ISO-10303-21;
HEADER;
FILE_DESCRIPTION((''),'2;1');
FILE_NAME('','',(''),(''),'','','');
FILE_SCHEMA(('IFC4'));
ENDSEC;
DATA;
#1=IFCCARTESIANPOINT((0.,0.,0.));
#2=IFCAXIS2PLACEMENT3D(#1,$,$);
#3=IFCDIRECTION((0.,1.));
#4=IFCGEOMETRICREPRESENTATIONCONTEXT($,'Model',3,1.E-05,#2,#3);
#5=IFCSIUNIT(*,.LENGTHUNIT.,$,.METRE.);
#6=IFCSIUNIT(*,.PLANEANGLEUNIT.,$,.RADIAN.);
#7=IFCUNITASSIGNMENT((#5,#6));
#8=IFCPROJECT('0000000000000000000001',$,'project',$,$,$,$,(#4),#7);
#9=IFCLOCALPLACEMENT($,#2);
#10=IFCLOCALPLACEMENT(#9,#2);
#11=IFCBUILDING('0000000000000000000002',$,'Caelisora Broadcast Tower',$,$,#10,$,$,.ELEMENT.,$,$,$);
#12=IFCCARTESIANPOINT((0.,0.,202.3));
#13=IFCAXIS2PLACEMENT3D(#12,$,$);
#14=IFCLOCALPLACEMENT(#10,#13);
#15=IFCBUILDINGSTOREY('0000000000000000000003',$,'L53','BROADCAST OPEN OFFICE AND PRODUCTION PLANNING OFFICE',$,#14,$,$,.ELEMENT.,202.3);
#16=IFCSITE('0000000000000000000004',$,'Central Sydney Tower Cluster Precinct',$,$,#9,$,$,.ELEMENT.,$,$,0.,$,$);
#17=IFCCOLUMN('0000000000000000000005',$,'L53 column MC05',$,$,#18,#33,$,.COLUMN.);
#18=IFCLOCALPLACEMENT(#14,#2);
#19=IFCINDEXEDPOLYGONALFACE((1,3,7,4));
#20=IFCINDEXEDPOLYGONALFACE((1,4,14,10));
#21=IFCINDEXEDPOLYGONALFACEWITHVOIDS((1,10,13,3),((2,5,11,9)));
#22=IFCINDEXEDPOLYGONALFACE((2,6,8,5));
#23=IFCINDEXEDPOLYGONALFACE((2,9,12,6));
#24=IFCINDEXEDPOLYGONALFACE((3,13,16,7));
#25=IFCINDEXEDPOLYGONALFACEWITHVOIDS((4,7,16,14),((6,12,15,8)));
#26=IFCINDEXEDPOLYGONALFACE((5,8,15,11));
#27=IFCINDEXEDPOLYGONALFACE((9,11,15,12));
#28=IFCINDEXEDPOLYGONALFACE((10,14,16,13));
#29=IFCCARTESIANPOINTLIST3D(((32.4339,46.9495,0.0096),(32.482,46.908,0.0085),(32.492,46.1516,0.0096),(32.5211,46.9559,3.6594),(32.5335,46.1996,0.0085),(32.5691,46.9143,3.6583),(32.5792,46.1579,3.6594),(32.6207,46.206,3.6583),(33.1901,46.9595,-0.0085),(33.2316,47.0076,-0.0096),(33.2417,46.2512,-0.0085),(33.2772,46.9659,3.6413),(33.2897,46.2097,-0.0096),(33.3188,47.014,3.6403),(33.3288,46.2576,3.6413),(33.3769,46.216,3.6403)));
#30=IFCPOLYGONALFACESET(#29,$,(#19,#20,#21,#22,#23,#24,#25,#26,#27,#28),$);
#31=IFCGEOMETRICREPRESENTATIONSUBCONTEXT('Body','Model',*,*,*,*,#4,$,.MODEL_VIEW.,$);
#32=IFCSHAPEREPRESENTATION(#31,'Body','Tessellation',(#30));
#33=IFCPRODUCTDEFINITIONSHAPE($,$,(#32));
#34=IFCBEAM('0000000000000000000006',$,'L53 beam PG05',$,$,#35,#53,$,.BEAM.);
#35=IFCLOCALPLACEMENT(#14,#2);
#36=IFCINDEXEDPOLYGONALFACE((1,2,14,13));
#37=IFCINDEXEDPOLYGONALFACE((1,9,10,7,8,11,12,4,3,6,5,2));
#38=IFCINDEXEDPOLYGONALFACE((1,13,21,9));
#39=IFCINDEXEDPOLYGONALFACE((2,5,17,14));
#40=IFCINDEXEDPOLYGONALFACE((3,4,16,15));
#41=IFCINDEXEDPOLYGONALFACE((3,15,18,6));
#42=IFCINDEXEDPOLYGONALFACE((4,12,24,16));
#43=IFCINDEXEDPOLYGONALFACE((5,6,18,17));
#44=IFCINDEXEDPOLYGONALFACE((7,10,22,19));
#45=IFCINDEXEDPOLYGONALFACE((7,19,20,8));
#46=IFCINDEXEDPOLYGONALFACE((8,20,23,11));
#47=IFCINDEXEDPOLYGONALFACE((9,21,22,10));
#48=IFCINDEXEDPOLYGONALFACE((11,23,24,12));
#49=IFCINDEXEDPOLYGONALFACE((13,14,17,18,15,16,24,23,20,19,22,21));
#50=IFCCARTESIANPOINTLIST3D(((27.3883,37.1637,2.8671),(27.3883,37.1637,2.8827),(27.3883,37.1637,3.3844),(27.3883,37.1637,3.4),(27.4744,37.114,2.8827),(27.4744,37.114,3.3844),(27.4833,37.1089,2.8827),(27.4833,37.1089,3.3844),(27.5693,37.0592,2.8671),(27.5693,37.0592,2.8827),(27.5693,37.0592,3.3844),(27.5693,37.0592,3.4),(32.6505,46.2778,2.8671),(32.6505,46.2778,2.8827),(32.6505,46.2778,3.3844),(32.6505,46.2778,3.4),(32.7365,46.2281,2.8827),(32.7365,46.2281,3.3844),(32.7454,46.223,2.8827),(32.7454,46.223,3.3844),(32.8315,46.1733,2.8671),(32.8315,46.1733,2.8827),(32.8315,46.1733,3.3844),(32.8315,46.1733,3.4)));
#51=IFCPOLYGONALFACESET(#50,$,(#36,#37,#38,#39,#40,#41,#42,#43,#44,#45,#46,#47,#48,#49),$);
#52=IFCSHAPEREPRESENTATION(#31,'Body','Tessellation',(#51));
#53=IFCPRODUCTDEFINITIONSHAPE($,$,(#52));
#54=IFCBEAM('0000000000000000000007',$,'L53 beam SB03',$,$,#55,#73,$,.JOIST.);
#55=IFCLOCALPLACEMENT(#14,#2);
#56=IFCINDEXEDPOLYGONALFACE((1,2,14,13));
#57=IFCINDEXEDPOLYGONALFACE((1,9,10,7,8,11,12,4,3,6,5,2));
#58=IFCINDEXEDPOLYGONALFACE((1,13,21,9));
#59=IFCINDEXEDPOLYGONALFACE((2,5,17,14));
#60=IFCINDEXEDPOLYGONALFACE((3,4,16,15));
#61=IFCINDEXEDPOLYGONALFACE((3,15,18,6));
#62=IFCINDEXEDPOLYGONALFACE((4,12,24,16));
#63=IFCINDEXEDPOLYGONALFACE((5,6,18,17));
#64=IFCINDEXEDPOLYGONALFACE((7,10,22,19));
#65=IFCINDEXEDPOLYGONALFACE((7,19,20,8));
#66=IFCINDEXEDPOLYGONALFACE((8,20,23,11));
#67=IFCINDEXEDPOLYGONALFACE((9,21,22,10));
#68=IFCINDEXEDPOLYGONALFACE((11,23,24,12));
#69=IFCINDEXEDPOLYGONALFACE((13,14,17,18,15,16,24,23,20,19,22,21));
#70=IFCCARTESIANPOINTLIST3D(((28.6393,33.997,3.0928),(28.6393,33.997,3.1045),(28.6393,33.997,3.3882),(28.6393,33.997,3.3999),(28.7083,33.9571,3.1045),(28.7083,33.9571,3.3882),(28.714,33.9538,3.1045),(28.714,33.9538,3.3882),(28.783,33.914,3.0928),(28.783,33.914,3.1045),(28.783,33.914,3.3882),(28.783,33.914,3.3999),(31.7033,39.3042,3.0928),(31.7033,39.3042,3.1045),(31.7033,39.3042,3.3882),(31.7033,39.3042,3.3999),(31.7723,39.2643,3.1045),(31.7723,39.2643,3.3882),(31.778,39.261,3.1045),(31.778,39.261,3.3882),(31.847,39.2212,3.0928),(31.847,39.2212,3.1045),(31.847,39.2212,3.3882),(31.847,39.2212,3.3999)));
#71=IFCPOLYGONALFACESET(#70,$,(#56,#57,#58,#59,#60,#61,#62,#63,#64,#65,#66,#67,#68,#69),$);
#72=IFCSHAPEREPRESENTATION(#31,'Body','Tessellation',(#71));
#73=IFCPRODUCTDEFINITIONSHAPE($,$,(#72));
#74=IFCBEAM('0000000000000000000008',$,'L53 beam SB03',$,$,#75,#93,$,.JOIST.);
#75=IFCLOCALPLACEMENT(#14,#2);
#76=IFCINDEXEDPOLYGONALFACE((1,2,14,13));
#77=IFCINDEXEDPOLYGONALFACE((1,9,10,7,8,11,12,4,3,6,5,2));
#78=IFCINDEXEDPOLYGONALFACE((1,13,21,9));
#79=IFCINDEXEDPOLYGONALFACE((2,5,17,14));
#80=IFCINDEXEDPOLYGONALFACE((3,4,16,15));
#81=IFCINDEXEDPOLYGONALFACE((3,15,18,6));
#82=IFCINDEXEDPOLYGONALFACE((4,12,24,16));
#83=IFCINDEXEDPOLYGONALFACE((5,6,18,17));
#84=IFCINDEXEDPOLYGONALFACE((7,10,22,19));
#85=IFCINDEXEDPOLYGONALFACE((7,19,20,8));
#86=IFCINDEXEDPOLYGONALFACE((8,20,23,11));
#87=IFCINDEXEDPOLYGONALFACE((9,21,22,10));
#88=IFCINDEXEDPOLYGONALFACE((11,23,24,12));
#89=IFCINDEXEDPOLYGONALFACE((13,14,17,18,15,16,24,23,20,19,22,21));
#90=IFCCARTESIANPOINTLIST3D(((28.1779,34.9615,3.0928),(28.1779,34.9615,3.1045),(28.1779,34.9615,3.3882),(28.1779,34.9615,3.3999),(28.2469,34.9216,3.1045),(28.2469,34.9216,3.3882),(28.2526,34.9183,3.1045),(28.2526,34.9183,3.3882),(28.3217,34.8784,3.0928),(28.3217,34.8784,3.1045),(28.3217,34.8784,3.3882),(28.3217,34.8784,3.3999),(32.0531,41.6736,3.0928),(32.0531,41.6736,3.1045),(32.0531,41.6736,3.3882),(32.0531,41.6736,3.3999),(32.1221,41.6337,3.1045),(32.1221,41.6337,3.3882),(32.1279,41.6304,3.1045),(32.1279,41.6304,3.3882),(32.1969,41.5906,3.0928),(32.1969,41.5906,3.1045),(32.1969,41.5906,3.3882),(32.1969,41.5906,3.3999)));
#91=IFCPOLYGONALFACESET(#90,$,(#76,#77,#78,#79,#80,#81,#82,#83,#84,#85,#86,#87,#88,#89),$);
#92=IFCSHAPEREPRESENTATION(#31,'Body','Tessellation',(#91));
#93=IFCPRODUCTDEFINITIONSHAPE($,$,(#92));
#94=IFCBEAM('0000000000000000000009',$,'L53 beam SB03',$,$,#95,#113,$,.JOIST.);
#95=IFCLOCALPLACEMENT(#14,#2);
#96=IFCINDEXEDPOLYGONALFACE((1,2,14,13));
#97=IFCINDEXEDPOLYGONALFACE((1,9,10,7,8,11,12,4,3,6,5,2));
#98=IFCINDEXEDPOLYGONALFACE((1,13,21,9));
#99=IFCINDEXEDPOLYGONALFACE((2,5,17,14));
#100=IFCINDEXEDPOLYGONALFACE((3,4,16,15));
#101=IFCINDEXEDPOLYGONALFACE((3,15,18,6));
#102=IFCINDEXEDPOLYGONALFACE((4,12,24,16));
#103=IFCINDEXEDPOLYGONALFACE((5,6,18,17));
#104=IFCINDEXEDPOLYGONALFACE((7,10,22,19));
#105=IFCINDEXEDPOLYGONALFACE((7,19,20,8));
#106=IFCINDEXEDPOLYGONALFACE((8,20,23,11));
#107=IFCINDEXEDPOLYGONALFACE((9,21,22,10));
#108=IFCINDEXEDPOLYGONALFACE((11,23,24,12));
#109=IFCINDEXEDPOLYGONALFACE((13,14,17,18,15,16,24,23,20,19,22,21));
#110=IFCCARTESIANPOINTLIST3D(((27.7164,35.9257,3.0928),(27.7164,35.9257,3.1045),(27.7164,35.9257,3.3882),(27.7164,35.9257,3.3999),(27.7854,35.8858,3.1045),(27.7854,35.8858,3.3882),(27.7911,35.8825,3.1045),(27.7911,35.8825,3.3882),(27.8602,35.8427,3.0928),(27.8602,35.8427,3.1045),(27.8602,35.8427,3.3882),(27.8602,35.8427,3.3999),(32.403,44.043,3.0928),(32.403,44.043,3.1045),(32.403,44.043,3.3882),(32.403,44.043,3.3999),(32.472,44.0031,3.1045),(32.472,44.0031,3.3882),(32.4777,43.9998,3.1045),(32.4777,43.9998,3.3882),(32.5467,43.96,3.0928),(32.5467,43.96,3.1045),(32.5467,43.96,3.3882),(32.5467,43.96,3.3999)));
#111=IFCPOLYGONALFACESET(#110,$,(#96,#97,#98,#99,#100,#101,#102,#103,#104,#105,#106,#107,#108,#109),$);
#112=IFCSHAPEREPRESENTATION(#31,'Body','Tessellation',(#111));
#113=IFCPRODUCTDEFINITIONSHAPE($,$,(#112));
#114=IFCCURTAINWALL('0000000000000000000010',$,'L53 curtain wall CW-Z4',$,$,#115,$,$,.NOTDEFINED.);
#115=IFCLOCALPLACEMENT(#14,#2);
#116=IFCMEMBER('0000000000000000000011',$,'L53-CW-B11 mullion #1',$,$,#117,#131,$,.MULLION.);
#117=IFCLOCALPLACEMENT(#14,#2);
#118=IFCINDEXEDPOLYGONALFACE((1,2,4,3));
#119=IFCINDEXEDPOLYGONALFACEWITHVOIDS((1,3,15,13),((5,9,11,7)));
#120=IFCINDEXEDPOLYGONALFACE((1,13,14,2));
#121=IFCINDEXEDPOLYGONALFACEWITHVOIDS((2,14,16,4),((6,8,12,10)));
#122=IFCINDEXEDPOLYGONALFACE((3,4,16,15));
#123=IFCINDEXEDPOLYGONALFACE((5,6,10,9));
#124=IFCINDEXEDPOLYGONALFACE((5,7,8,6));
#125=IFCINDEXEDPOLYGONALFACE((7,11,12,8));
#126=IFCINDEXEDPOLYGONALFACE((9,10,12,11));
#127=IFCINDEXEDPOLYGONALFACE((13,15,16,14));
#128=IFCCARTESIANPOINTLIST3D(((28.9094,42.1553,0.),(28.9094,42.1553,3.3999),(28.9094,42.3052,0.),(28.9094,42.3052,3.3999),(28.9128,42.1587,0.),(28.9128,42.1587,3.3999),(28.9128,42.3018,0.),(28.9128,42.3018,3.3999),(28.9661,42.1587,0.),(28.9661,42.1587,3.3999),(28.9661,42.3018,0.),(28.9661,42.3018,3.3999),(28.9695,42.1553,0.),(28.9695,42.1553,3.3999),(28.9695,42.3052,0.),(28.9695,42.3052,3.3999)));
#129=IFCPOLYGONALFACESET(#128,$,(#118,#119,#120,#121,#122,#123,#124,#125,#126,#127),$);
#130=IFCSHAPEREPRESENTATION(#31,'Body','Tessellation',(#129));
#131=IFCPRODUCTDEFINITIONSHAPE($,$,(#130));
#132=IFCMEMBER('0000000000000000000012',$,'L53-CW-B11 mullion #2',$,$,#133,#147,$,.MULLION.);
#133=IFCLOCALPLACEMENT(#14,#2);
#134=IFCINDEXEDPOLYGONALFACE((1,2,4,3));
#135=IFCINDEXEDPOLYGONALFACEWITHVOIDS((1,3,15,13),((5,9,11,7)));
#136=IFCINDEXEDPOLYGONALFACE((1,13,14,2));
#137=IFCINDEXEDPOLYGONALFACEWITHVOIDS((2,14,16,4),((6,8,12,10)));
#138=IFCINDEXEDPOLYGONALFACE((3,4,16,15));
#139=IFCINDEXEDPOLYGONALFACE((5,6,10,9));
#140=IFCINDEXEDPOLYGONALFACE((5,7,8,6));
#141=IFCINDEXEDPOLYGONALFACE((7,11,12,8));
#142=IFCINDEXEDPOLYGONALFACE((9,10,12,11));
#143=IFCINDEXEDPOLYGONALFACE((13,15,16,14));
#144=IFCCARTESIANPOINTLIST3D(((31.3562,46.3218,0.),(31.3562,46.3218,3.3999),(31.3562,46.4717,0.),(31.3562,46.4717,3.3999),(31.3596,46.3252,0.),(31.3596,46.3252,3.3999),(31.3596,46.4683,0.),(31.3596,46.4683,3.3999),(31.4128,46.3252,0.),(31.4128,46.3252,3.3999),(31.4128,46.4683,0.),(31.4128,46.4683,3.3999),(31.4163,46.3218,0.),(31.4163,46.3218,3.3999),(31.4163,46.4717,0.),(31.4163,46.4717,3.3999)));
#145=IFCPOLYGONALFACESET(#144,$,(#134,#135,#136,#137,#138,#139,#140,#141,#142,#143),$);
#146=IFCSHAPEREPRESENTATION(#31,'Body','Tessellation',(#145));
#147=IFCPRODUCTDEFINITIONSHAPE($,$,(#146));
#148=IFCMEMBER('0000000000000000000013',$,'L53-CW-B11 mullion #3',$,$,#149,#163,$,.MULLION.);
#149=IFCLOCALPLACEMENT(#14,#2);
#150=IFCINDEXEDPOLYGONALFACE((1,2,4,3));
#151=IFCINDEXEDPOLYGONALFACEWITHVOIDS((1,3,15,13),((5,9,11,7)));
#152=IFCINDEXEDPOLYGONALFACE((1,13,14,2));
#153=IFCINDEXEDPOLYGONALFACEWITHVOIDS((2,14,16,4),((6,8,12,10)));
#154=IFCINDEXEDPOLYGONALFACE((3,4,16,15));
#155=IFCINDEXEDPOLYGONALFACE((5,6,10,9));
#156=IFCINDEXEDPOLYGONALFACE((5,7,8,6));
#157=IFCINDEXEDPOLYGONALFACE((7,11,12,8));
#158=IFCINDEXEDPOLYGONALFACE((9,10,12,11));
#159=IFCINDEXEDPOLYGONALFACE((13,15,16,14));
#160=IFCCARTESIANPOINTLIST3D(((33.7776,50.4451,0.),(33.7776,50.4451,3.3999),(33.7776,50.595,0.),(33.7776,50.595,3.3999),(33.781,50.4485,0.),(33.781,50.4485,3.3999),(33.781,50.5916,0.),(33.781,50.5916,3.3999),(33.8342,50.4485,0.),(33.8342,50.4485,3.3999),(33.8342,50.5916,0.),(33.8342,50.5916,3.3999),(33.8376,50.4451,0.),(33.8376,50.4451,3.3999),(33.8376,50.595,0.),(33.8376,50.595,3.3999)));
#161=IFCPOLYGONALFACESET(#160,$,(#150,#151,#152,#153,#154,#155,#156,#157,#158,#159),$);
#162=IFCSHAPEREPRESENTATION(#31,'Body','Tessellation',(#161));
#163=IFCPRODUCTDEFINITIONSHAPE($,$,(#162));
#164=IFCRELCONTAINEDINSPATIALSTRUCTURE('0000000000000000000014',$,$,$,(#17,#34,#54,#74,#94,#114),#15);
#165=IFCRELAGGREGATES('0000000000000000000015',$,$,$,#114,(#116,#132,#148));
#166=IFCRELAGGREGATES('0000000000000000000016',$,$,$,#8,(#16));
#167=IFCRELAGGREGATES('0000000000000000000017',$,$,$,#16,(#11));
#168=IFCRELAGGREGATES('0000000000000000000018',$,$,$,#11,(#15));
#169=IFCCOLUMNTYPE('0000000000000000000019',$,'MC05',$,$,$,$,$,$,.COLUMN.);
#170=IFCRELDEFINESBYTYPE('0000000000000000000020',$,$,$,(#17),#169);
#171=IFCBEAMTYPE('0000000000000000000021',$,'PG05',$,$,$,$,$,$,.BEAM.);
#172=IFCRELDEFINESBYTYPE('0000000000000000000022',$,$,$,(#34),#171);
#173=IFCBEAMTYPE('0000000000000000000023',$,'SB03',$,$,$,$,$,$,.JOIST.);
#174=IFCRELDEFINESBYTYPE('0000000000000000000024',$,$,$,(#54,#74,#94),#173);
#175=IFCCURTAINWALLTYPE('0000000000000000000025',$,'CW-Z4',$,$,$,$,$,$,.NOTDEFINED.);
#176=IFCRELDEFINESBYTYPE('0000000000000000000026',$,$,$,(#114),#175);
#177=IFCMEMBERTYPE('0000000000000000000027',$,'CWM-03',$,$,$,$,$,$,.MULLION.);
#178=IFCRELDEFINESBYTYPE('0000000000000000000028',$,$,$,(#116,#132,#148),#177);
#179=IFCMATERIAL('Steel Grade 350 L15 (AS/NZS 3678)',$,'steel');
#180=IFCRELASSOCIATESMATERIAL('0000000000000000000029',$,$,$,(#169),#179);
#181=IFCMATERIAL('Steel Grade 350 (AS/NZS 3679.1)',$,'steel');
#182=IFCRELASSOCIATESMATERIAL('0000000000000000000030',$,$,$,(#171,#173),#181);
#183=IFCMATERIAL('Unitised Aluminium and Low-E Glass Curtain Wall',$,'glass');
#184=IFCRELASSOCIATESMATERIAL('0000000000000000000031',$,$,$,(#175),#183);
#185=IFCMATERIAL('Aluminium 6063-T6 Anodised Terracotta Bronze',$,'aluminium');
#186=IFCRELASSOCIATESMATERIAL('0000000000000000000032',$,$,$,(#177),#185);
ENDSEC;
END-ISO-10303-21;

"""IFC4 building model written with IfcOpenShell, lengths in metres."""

from ifc_helpers import new_model, si_unit, direction, frame, origin, origin_2d, place, context, subcontext, project, spatial, hollow_rectangle, i_section, extrude, source, transform, mapped, material, material_profile, profile_set, type_object, type_shapes, element, aggregate, save


model = new_model("IFC4")

# Units and contexts
model_context = context("Model", 3, precision=1e-05, world=origin(), true_north=direction((0.0, 1.0)))
body_context = subcontext(model_context, "Body", "Model", "MODEL_VIEW")
ifc_project = project(units=[si_unit("LENGTHUNIT", "METRE"), si_unit("PLANEANGLEUNIT", "RADIAN")], contexts=[model_context])

# Site, building, storey
site_placement = place(None, origin())
site = spatial("IfcSite", under=ifc_project, at=site_placement, Name="Central Sydney Tower Cluster Precinct", CompositionType="ELEMENT", RefElevation=0.0)
building_placement = place(site_placement, origin())
building = spatial("IfcBuilding", under=site, at=building_placement, Name="Caelisora Broadcast Tower", CompositionType="ELEMENT")
storey_placement = place(building_placement, frame((0.0, 0.0, 202.3)))
storey = spatial("IfcBuildingStorey", under=building, at=storey_placement, Name="L53", Description="BROADCAST OPEN OFFICE AND PRODUCTION PLANNING OFFICE", CompositionType="ELEMENT", Elevation=202.3)

# Column
ifc_material_1 = material(Name="Steel Grade 350 L15 (AS/NZS 3678)", Category="steel")
ifc_material_profile_1 = material_profile(ifc_material_1, hollow_rectangle(XDim=0.8, YDim=0.8, WallThickness=0.0449, at=origin_2d()), Name="Steel Grade 350 L15 (AS/NZS 3678)")
ifc_profile_set_1 = profile_set([ifc_material_profile_1], Name="Steel Grade 350 L15 (AS/NZS 3678)")
column_type = type_object("IfcColumnType", Name="MC05", PredefinedType="COLUMN", material=ifc_profile_set_1)
shared_shape_1 = source(origin(), body_context, "Body", "SweptSolid", [
    extrude(hollow_rectangle(XDim=0.8, YDim=0.8, WallThickness=0.0449, at=origin_2d()), origin(), (0.0, 0.0, 1.0), 3.6509),
])
type_shapes(column_type, [shared_shape_1])
column_placement = place(storey_placement, frame((32.8618, 46.5796, 0.0), z_axis=(0.023873, 0.001739, 0.999713), x_axis=(-0.072637, 0.997358, 0.0)))
element("IfcColumn", 1, at=column_placement, inside=storey, type_object=column_type, Name="L53 column MC05", PredefinedType="COLUMN", context=body_context, shape_type="MappedRepresentation", body=[
    mapped(shared_shape_1, transform((0.0, 0.0, 0.0), scale=1.0)),
])

# Beams
ifc_material_2 = material(Name="Steel Grade 350 (AS/NZS 3679.1)", Category="steel")
ifc_material_profile_2 = material_profile(ifc_material_2, i_section(OverallWidth=0.209, OverallDepth=0.533, WebThickness=0.0103, FlangeThickness=0.0156, at=origin_2d()), Name="Steel Grade 350 (AS/NZS 3679.1)")
ifc_profile_set_2 = profile_set([ifc_material_profile_2], Name="Steel Grade 350 (AS/NZS 3679.1)")
beam_type_1 = type_object("IfcBeamType", Name="PG05", PredefinedType="BEAM", material=ifc_profile_set_2)
shared_shape_2 = source(origin(), body_context, "Body", "SweptSolid", [
    extrude(i_section(OverallWidth=0.209, OverallDepth=0.533, WebThickness=0.0103, FlangeThickness=0.0156, at=origin_2d()), origin(), (0.0, 0.0, 1.0), 10.5242),
])
type_shapes(beam_type_1, [shared_shape_2])
beam_1_placement = place(storey_placement, frame((32.741, 46.2256, 3.1335), z_axis=(-0.500006, -0.866022, 0.0), x_axis=(0.866022, -0.500006, 0.0)))
element("IfcBeam", 2, at=beam_1_placement, inside=storey, type_object=beam_type_1, Name="L53 beam PG05", PredefinedType="BEAM", context=body_context, shape_type="MappedRepresentation", body=[
    mapped(shared_shape_2, transform((0.0, 0.0, 0.0), scale=1.0)),
])
ifc_material_profile_3 = material_profile(ifc_material_2, i_section(OverallWidth=0.166, OverallDepth=0.3071, WebThickness=0.0066, FlangeThickness=0.0117, at=origin_2d()), Name="Steel Grade 350 (AS/NZS 3679.1)")
ifc_profile_set_3 = profile_set([ifc_material_profile_3], Name="Steel Grade 350 (AS/NZS 3679.1)")
beam_type_2 = type_object("IfcBeamType", Name="SB03", PredefinedType="JOIST", material=ifc_profile_set_3)
shared_shape_3 = source(origin(), body_context, "Body", "SweptSolid", [
    extrude(i_section(OverallWidth=0.166, OverallDepth=0.3071, WebThickness=0.0066, FlangeThickness=0.0117, at=origin_2d()), origin(), (0.0, 0.0, 1.0), 6.1282),
])
beam_2_placement = place(storey_placement, frame((31.7751, 39.2627, 3.2463), z_axis=(-0.499987, -0.866033, 0.0), x_axis=(0.866033, -0.499987, 0.0)))
element("IfcBeam", 3, at=beam_2_placement, inside=storey, type_object=beam_type_2, Name="L53 beam SB03", PredefinedType="JOIST", context=body_context, shape_type="MappedRepresentation", body=[
    mapped(shared_shape_3, transform((0.0, 0.0, 0.0), scale=1.0)),
])
shared_shape_4 = source(origin(), body_context, "Body", "SweptSolid", [
    extrude(i_section(OverallWidth=0.166, OverallDepth=0.3071, WebThickness=0.0066, FlangeThickness=0.0117, at=origin_2d()), origin(), (0.0, 0.0, 1.0), 7.7505),
])
beam_3_placement = place(storey_placement, frame((32.125, 41.6321, 3.2463), z_axis=(-0.499998, -0.866027, 0.0), x_axis=(0.866027, -0.499998, 0.0)))
element("IfcBeam", 4, at=beam_3_placement, inside=storey, type_object=beam_type_2, Name="L53 beam SB03", PredefinedType="JOIST", context=body_context, shape_type="MappedRepresentation", body=[
    mapped(shared_shape_4, transform((0.0, 0.0, 0.0), scale=1.0)),
])
shared_shape_5 = source(origin(), body_context, "Body", "SweptSolid", [
    extrude(i_section(OverallWidth=0.166, OverallDepth=0.3071, WebThickness=0.0066, FlangeThickness=0.0117, at=origin_2d()), origin(), (0.0, 0.0, 1.0), 9.373),
])
type_shapes(beam_type_2, [shared_shape_3, shared_shape_4, shared_shape_5])
beam_4_placement = place(storey_placement, frame((32.4749, 44.0015, 3.2463), z_axis=(-0.500005, -0.866022, 0.0), x_axis=(0.866022, -0.500005, 0.0)))
element("IfcBeam", 5, at=beam_4_placement, inside=storey, type_object=beam_type_2, Name="L53 beam SB03", PredefinedType="JOIST", context=body_context, shape_type="MappedRepresentation", body=[
    mapped(shared_shape_5, transform((0.0, 0.0, 0.0), scale=1.0)),
])

# Curtain wall, members
ifc_material_3 = material(Name="Unitised Aluminium and Low-E Glass Curtain Wall", Category="glass")
curtain_wall_type = type_object("IfcCurtainWallType", Name="CW-Z4", PredefinedType="NOTDEFINED", material=ifc_material_3)
curtain_wall_placement = place(storey_placement, origin())
curtain_wall = element("IfcCurtainWall", 6, at=curtain_wall_placement, inside=storey, type_object=curtain_wall_type, Name="L53 curtain wall CW-Z4", PredefinedType="NOTDEFINED")
ifc_material_4 = material(Name="Aluminium 6063-T6 Anodised Terracotta Bronze", Category="aluminium")
ifc_material_profile_4 = material_profile(ifc_material_4, hollow_rectangle(XDim=0.0601, YDim=0.1499, WallThickness=0.0034, at=origin_2d()), Name="Aluminium 6063-T6 Anodised Terracotta Bronze")
ifc_profile_set_4 = profile_set([ifc_material_profile_4], Name="Aluminium 6063-T6 Anodised Terracotta Bronze")
member_type_1 = type_object("IfcMemberType", Name="CWM-03", PredefinedType="MULLION", material=ifc_profile_set_4)
shared_shape_6 = source(origin(), body_context, "Body", "SweptSolid", [
    extrude(hollow_rectangle(XDim=0.0601, YDim=0.1499, WallThickness=0.0034, at=origin_2d()), origin(), (0.0, 0.0, 1.0), 3.3999),
])
type_shapes(member_type_1, [shared_shape_6])
member_1_placement = place(storey_placement, frame((28.9395, 42.2302, 0.0), z_axis=(0.0, 0.0, 1.0), x_axis=(1.0, 0.0, 0.0)))
member_1 = element("IfcMember", 7, at=member_1_placement, type_object=member_type_1, Name="L53-CW-B11 mullion #1", PredefinedType="MULLION", context=body_context, shape_type="MappedRepresentation", body=[
    mapped(shared_shape_6, transform((0.0, 0.0, 0.0), scale=1.0)),
])
member_2_placement = place(storey_placement, frame((31.3862, 46.3967, 0.0), z_axis=(0.0, 0.0, 1.0), x_axis=(1.0, 0.0, 0.0)))
member_2 = element("IfcMember", 8, at=member_2_placement, type_object=member_type_1, Name="L53-CW-B11 mullion #2", PredefinedType="MULLION", context=body_context, shape_type="MappedRepresentation", body=[
    mapped(shared_shape_6, transform((0.0, 0.0, 0.0), scale=1.0)),
])
member_3_placement = place(storey_placement, frame((33.8076, 50.52, 0.0), z_axis=(0.0, 0.0, 1.0), x_axis=(1.0, 0.0, 0.0)))
member_3 = element("IfcMember", 9, at=member_3_placement, type_object=member_type_1, Name="L53-CW-B11 mullion #3", PredefinedType="MULLION", context=body_context, shape_type="MappedRepresentation", body=[
    mapped(shared_shape_6, transform((0.0, 0.0, 0.0), scale=1.0)),
])
aggregate(curtain_wall, [member_1, member_2, member_3])

save(model, "model.ifc")
